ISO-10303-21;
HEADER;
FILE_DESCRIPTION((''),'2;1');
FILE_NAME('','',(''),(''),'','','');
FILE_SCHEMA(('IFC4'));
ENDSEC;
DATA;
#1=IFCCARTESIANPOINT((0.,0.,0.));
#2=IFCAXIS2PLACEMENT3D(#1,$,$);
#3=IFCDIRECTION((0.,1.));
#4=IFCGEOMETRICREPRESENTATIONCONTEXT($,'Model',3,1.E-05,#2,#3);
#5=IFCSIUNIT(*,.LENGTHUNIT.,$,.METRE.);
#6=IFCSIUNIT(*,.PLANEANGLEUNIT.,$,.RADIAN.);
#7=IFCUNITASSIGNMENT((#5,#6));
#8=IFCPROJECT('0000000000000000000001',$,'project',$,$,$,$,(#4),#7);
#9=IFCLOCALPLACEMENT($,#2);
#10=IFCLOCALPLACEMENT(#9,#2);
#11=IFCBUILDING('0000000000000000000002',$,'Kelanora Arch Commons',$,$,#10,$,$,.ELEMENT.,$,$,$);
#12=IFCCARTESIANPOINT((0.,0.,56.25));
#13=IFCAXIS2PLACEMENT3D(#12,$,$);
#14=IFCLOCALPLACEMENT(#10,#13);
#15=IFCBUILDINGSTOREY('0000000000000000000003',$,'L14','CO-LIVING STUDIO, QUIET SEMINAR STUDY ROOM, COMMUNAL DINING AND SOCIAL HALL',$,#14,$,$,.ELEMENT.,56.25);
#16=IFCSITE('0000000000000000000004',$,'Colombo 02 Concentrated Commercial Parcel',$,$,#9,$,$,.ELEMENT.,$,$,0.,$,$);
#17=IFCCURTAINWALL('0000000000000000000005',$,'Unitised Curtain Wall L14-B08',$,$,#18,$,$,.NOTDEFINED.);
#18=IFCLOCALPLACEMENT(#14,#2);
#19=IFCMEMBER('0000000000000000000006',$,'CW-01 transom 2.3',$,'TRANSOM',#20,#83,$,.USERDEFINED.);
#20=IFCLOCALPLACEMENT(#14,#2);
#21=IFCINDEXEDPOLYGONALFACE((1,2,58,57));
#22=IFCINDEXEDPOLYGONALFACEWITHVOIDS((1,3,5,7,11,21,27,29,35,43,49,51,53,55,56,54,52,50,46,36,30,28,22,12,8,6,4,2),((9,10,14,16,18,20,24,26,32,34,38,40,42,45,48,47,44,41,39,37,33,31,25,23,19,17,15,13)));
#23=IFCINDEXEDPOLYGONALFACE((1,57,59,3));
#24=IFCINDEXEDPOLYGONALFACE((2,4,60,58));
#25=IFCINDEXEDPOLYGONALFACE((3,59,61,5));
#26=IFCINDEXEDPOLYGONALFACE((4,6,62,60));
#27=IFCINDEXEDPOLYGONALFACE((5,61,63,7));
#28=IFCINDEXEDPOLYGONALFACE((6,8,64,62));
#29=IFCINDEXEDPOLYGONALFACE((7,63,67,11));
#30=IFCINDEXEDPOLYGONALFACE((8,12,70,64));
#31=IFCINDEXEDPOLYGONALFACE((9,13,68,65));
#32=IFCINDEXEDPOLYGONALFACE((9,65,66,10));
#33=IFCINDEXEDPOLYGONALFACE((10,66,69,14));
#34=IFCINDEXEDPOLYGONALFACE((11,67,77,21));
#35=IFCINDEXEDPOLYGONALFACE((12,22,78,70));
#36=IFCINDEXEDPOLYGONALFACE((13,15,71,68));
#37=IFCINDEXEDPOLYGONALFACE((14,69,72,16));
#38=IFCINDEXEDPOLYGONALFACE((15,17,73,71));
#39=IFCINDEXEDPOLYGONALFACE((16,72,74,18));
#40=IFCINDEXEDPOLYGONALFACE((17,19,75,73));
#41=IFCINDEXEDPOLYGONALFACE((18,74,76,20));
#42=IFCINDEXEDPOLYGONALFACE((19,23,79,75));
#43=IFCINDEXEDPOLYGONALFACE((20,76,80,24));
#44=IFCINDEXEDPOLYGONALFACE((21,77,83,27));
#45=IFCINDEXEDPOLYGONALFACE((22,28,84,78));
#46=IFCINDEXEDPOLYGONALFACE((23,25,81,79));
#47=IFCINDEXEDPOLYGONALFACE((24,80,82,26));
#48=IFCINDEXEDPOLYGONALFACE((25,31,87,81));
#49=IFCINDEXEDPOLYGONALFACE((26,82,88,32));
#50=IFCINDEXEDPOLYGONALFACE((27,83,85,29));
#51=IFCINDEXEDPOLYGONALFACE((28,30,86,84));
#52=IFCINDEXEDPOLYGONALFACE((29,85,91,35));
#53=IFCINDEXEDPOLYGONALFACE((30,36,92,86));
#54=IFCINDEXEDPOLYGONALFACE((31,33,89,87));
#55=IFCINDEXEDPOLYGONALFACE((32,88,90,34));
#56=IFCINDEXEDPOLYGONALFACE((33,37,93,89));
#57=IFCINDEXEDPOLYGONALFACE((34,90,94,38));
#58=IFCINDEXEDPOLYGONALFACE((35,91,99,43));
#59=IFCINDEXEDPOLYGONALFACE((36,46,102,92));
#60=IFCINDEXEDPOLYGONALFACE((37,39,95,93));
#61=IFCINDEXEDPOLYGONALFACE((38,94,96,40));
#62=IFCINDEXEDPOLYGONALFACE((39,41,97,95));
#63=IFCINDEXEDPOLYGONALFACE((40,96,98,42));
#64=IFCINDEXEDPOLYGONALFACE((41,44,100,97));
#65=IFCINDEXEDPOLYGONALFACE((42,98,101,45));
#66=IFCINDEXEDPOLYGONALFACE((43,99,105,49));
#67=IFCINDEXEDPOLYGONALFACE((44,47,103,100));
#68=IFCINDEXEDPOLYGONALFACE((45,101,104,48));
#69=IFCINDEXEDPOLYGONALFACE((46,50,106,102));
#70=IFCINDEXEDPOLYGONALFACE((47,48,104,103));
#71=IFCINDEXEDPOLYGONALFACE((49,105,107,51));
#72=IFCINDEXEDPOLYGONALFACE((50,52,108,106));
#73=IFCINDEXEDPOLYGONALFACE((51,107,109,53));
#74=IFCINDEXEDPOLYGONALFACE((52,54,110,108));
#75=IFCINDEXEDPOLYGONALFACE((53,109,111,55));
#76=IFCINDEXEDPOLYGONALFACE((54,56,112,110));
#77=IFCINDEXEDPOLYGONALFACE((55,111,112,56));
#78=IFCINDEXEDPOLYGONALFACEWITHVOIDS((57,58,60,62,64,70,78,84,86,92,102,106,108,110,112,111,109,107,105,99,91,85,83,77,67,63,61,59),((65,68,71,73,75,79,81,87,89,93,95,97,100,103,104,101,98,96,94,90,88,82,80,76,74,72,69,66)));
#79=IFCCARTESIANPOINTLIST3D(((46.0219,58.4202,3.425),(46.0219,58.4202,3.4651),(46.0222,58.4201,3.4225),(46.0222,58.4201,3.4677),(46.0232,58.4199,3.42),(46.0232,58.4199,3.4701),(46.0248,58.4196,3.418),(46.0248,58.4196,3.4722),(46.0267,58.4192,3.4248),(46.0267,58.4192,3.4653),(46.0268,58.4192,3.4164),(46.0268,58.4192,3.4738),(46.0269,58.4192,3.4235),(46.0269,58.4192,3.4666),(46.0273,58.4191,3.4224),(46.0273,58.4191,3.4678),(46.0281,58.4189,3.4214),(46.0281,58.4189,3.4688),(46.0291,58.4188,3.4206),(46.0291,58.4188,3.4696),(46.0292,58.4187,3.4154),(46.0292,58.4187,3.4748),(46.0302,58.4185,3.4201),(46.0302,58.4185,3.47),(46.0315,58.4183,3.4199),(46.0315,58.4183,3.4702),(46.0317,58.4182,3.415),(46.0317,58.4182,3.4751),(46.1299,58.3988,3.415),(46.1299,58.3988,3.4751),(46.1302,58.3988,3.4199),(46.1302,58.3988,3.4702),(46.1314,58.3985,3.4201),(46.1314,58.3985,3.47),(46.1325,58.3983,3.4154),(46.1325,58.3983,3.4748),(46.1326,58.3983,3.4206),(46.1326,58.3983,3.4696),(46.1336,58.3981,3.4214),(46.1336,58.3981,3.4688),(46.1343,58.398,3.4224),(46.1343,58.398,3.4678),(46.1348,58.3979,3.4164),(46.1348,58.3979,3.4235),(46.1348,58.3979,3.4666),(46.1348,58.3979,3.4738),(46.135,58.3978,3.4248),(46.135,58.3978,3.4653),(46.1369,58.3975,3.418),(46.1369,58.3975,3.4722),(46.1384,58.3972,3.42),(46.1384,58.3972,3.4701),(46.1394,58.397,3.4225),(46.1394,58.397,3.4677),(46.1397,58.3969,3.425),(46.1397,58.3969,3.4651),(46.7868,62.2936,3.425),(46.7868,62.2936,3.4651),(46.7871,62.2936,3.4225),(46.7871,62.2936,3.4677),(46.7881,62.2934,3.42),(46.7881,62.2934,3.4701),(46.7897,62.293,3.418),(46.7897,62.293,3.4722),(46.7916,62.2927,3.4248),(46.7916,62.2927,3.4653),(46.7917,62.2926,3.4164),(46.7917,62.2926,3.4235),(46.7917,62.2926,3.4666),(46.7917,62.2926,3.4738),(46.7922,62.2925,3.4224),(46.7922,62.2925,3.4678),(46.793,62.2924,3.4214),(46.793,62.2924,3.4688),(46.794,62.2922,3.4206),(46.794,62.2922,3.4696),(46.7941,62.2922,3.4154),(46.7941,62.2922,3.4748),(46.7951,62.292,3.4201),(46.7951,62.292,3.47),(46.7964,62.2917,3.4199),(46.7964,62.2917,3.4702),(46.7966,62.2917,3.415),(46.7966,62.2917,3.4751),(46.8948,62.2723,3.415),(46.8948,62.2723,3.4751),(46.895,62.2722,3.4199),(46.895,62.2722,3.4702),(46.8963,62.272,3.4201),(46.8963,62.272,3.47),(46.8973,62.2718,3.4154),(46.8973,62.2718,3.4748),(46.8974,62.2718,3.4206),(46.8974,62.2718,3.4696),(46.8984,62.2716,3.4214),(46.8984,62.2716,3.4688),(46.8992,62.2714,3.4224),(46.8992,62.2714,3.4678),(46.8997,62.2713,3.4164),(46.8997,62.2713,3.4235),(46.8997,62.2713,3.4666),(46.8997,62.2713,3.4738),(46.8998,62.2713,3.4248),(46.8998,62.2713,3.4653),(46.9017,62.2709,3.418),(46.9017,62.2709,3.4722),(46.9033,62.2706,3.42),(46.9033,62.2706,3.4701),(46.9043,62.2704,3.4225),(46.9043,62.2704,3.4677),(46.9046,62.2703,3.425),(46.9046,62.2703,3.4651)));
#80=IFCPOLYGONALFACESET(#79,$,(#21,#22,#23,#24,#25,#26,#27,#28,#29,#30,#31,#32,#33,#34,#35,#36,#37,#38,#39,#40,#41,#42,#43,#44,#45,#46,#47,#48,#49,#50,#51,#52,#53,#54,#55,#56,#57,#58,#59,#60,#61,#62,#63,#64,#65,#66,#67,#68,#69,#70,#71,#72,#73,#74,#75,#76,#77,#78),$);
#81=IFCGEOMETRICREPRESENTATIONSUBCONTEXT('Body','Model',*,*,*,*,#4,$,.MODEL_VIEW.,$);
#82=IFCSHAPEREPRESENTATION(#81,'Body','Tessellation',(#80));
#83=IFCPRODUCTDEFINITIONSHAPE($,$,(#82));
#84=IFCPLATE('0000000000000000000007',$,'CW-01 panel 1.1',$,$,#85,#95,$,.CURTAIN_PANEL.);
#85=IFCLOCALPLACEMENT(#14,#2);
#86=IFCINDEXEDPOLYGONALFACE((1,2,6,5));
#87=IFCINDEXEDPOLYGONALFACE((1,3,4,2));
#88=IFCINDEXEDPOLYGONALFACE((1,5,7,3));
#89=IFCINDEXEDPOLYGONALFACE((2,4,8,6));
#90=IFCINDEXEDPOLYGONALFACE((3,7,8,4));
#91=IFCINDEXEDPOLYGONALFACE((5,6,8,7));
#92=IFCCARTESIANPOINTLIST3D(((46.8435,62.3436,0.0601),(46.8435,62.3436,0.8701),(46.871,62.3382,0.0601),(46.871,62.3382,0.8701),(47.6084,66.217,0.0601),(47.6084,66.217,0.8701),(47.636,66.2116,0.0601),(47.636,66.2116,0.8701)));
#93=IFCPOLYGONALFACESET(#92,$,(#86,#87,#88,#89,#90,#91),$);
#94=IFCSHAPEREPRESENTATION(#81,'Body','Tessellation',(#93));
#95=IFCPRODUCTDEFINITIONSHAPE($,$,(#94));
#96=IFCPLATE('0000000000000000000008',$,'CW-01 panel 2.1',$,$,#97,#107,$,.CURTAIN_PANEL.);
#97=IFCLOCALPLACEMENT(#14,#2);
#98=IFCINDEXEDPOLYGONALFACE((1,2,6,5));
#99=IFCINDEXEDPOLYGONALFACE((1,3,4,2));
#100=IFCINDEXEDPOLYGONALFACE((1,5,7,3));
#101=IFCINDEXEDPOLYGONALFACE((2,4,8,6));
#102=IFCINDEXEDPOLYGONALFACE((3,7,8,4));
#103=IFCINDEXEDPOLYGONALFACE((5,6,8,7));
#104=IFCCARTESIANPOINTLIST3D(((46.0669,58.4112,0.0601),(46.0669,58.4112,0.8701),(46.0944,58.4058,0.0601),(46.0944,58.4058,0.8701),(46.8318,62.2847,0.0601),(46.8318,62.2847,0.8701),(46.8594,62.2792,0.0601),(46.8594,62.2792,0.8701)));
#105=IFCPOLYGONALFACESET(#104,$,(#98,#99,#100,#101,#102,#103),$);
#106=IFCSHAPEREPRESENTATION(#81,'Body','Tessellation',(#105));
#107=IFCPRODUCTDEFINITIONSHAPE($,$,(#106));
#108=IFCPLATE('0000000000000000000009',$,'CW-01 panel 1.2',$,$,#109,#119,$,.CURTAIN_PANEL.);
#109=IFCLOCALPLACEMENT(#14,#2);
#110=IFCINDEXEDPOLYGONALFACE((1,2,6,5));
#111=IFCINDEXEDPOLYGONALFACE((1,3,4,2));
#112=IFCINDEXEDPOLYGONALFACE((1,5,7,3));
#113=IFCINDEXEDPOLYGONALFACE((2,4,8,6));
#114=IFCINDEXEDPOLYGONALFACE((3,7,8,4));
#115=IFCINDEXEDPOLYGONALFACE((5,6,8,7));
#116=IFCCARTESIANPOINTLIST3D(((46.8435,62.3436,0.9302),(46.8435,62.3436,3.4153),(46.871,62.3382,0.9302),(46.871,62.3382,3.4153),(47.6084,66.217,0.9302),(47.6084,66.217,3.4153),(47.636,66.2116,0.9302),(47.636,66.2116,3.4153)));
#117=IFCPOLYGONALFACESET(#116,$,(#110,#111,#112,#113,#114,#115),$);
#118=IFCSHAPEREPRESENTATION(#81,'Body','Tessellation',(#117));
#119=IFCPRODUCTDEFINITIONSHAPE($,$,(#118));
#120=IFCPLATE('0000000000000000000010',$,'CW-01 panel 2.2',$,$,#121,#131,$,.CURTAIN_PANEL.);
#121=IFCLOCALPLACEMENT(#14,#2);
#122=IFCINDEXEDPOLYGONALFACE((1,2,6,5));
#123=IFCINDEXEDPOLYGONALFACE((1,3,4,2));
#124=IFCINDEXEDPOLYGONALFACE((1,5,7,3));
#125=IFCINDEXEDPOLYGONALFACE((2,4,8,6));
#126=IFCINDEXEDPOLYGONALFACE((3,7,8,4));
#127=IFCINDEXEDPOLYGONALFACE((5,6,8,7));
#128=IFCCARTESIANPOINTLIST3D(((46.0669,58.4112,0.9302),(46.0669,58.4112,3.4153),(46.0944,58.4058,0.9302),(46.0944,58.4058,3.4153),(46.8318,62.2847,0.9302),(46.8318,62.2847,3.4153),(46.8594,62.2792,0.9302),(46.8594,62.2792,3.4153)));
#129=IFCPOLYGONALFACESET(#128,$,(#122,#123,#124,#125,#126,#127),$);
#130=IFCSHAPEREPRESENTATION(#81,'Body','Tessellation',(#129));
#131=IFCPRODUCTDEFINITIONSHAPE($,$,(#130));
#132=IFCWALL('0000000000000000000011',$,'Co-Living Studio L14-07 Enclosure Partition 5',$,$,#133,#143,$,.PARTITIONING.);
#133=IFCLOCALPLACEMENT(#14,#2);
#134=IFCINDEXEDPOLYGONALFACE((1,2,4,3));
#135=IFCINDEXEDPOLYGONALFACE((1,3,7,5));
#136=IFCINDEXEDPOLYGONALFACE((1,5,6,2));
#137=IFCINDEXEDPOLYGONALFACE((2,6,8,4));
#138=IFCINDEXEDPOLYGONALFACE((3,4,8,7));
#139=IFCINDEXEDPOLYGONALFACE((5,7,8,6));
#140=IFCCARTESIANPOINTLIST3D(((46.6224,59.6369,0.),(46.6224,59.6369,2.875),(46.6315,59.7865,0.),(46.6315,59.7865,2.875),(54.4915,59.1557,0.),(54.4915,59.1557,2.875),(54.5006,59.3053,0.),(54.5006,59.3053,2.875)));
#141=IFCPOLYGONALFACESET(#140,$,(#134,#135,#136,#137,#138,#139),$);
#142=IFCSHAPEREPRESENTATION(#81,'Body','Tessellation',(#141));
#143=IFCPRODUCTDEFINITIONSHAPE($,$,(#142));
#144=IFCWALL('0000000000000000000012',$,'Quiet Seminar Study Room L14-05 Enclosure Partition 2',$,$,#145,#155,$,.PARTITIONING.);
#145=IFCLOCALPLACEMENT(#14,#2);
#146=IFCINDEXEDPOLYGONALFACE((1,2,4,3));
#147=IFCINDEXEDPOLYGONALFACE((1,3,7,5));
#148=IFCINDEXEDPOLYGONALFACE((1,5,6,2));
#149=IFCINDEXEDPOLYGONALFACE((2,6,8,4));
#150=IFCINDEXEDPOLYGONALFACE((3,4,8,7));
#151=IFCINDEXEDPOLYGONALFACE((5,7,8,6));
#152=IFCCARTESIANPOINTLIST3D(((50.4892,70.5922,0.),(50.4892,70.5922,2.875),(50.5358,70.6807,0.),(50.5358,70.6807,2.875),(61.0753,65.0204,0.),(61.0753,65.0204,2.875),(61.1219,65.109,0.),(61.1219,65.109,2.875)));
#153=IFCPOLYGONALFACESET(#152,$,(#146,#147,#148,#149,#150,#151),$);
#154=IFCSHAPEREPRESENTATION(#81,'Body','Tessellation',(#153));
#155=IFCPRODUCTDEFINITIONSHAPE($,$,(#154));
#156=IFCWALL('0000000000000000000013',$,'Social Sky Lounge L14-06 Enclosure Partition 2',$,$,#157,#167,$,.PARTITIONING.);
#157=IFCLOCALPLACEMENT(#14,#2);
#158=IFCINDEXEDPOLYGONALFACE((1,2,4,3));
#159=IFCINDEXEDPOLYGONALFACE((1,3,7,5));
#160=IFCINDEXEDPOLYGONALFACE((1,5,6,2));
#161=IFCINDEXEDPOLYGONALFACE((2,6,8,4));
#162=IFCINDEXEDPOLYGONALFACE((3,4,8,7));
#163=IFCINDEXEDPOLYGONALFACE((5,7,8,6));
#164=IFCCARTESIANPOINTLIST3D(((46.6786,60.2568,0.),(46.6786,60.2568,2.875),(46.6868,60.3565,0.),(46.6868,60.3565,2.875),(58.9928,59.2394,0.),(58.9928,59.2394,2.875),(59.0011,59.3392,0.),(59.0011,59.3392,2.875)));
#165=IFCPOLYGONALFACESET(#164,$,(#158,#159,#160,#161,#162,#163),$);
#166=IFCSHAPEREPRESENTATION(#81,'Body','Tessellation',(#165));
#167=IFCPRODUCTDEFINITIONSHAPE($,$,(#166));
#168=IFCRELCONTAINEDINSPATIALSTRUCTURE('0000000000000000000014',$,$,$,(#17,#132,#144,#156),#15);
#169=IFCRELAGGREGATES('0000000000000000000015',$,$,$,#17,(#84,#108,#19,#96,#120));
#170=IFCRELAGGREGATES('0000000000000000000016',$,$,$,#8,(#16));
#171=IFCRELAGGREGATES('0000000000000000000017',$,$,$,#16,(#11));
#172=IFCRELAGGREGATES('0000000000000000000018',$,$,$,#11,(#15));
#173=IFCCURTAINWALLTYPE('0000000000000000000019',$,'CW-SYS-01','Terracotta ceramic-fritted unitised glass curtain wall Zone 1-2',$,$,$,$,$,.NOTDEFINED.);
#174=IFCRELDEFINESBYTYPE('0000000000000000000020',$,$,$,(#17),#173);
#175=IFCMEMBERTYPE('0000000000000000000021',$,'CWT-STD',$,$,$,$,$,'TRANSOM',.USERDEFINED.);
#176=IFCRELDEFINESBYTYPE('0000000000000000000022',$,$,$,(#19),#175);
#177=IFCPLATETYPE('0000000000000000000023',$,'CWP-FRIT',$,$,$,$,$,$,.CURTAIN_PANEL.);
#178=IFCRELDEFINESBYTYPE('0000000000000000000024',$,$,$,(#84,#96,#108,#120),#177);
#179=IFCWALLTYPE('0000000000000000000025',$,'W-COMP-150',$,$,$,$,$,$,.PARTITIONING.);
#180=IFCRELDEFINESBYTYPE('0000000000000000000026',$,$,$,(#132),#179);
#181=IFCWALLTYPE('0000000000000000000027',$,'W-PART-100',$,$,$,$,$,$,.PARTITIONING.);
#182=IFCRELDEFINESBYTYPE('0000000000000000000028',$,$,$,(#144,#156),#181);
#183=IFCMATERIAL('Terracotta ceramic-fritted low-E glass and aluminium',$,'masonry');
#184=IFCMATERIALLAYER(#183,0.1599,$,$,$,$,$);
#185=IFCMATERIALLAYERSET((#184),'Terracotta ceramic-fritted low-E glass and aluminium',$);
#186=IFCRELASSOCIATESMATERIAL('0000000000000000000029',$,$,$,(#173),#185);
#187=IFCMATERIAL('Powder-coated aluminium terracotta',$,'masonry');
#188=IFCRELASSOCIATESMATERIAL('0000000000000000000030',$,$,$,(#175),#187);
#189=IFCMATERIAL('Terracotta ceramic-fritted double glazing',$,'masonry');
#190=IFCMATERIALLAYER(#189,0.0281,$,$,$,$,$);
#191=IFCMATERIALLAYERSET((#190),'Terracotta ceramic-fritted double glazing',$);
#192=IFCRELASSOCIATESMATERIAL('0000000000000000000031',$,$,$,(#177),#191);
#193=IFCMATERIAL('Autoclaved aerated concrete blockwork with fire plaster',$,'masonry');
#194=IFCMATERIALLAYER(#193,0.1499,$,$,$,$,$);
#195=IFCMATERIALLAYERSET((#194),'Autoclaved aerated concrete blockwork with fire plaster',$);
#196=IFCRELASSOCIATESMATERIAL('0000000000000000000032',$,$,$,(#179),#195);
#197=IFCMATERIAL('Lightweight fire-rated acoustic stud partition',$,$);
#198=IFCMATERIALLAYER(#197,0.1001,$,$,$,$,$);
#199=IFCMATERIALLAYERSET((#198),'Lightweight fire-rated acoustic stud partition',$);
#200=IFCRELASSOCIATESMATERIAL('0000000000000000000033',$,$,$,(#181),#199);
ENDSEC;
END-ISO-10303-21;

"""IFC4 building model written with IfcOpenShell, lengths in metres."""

from ifc_helpers import new_model, si_unit, direction, frame, frame_2d, origin, origin_2d, place, context, subcontext, project, spatial, rectangle, hollow_rectangle, extrude, source, transform, mapped, material, layer, layer_set, material_profile, profile_set, type_object, element, aggregate, save


model = new_model("IFC4")

# Units and contexts
model_context = context("Model", 3, precision=1e-05, world=origin(), true_north=direction((0.0, 1.0)))
body_context = subcontext(model_context, "Body", "Model", "MODEL_VIEW")
ifc_project = project(units=[si_unit("LENGTHUNIT", "METRE"), si_unit("PLANEANGLEUNIT", "RADIAN")], contexts=[model_context])

# Site, building, storey
site_placement = place(None, origin())
site = spatial("IfcSite", under=ifc_project, at=site_placement, Name="Colombo 02 Concentrated Commercial Parcel", CompositionType="ELEMENT", RefElevation=0.0)
building_placement = place(site_placement, origin())
building = spatial("IfcBuilding", under=site, at=building_placement, Name="Kelanora Arch Commons", CompositionType="ELEMENT")
storey_placement = place(building_placement, frame((0.0, 0.0, 56.25)))
storey = spatial("IfcBuildingStorey", under=building, at=storey_placement, Name="L14", Description="CO-LIVING STUDIO, QUIET SEMINAR STUDY ROOM, COMMUNAL DINING AND SOCIAL HALL", CompositionType="ELEMENT", Elevation=56.25)

# Curtain wall, member, plates
ifc_material_1 = material(Name="Terracotta ceramic-fritted low-E glass and aluminium", Category="masonry")
ifc_layer_1 = layer(ifc_material_1, 0.1599)
ifc_layer_set_1 = layer_set([ifc_layer_1], Name="Terracotta ceramic-fritted low-E glass and aluminium")
curtain_wall_type = type_object("IfcCurtainWallType", Name="CW-SYS-01", Description="Terracotta ceramic-fritted unitised glass curtain wall Zone 1-2", PredefinedType="NOTDEFINED", material=ifc_layer_set_1)
curtain_wall_placement = place(storey_placement, origin())
curtain_wall = element("IfcCurtainWall", 1, at=curtain_wall_placement, inside=storey, type_object=curtain_wall_type, Name="Unitised Curtain Wall L14-B08", PredefinedType="NOTDEFINED")
ifc_material_2 = material(Name="Powder-coated aluminium terracotta", Category="masonry")
ifc_material_profile_1 = material_profile(ifc_material_2, hollow_rectangle(XDim=0.1201, YDim=0.0601, WallThickness=0.0049, InnerFilletRadius=0.0049, OuterFilletRadius=0.01, at=origin_2d()), Name="CWT120x60")
ifc_profile_set_1 = profile_set([ifc_material_profile_1], Name="Powder-coated aluminium terracotta")
member_type_1 = type_object("IfcMemberType", Name="CWT-STD", ElementType="TRANSOM", PredefinedType="USERDEFINED", material=ifc_profile_set_1)
member_1_placement = place(storey_placement, frame((46.8457, 62.282, 3.4451), z_axis=(-0.193725, -0.981056, 0.0), x_axis=(0.981056, -0.193725, 0.0)))
member_1 = element("IfcMember", 2, at=member_1_placement, type_object=member_type_1, Name="CW-01 transom 2.3", ObjectType="TRANSOM", PredefinedType="USERDEFINED", context=body_context, shape_type="SweptSolid", body=[
    extrude(hollow_rectangle(XDim=0.1201, YDim=0.0601, WallThickness=0.0049, InnerFilletRadius=0.0049, OuterFilletRadius=0.01, at=origin_2d()), origin(), (0.0, 0.0, 1.0), 3.9482),
])
ifc_material_3 = material(Name="Terracotta ceramic-fritted double glazing", Category="masonry")
ifc_layer_2 = layer(ifc_material_3, 0.0281)
ifc_layer_set_2 = layer_set([ifc_layer_2], Name="Terracotta ceramic-fritted double glazing")
plate_type = type_object("IfcPlateType", Name="CWP-FRIT", PredefinedType="CURTAIN_PANEL", material=ifc_layer_set_2)
shared_shape_1 = source(origin(), body_context, "Body", "SweptSolid", [
    extrude(rectangle(XDim=3.9482, YDim=0.0281, at=origin_2d()), origin(), (0.0, 0.0, 1.0), 0.8101),
])
plate_1_placement = place(storey_placement, frame((47.2397, 64.2776, 0.0601), z_axis=(0.0, 0.0, 1.0), x_axis=(-0.193744, -0.981052, 0.0)))
plate_1 = element("IfcPlate", 3, at=plate_1_placement, type_object=plate_type, Name="CW-01 panel 1.1", PredefinedType="CURTAIN_PANEL", context=body_context, shape_type="MappedRepresentation", body=[
    mapped(shared_shape_1, transform((0.0, 0.0, 0.0), scale=1.0)),
])
plate_2_placement = place(storey_placement, frame((46.4631, 60.3452, 0.0601), z_axis=(0.0, 0.0, 1.0), x_axis=(-0.193744, -0.981052, 0.0)))
plate_2 = element("IfcPlate", 4, at=plate_2_placement, type_object=plate_type, Name="CW-01 panel 2.1", PredefinedType="CURTAIN_PANEL", context=body_context, shape_type="MappedRepresentation", body=[
    mapped(shared_shape_1, transform((0.0, 0.0, 0.0), scale=1.0)),
])
shared_shape_2 = source(origin(), body_context, "Body", "SweptSolid", [
    extrude(rectangle(XDim=3.9482, YDim=0.0281, at=origin_2d()), origin(), (0.0, 0.0, 1.0), 2.4851),
])
plate_3_placement = place(storey_placement, frame((47.2397, 64.2776, 0.9302), z_axis=(0.0, 0.0, 1.0), x_axis=(-0.193744, -0.981052, 0.0)))
plate_3 = element("IfcPlate", 5, at=plate_3_placement, type_object=plate_type, Name="CW-01 panel 1.2", PredefinedType="CURTAIN_PANEL", context=body_context, shape_type="MappedRepresentation", body=[
    mapped(shared_shape_2, transform((0.0, 0.0, 0.0), scale=1.0)),
])
plate_4_placement = place(storey_placement, frame((46.4631, 60.3452, 0.9302), z_axis=(0.0, 0.0, 1.0), x_axis=(-0.193744, -0.981052, 0.0)))
plate_4 = element("IfcPlate", 6, at=plate_4_placement, type_object=plate_type, Name="CW-01 panel 2.2", PredefinedType="CURTAIN_PANEL", context=body_context, shape_type="MappedRepresentation", body=[
    mapped(shared_shape_2, transform((0.0, 0.0, 0.0), scale=1.0)),
])
aggregate(curtain_wall, [plate_1, plate_3, member_1, plate_2, plate_4])

# Walls
ifc_material_4 = material(Name="Autoclaved aerated concrete blockwork with fire plaster", Category="masonry")
ifc_layer_3 = layer(ifc_material_4, 0.1499)
ifc_layer_set_3 = layer_set([ifc_layer_3], Name="Autoclaved aerated concrete blockwork with fire plaster")
wall_type_1 = type_object("IfcWallType", Name="W-COMP-150", PredefinedType="PARTITIONING", material=ifc_layer_set_3)
wall_1_placement = place(storey_placement, frame((46.627, 59.7117, 0.0), z_axis=(0.0, 0.0, 1.0), x_axis=(0.998136, -0.061036, 0.0)))
element("IfcWall", 7, at=wall_1_placement, inside=storey, type_object=wall_type_1, Name="Co-Living Studio L14-07 Enclosure Partition 5", PredefinedType="PARTITIONING", context=body_context, shape_type="SweptSolid", body=[
    extrude(rectangle(XDim=7.8838, YDim=0.1499, at=frame_2d((3.9419, 0.0))), origin(), (0.0, 0.0, 1.0), 2.875),
])
ifc_material_5 = material(Name="Lightweight fire-rated acoustic stud partition")
ifc_layer_4 = layer(ifc_material_5, 0.1001)
ifc_layer_set_4 = layer_set([ifc_layer_4], Name="Lightweight fire-rated acoustic stud partition")
wall_type_2 = type_object("IfcWallType", Name="W-PART-100", PredefinedType="PARTITIONING", material=ifc_layer_set_4)
wall_2_placement = place(storey_placement, frame((61.0986, 65.0647, 0.0), z_axis=(0.0, 0.0, 1.0), x_axis=(-0.884915, 0.465753, 0.0)))
element("IfcWall", 8, at=wall_2_placement, inside=storey, type_object=wall_type_2, Name="Quiet Seminar Study Room L14-05 Enclosure Partition 2", PredefinedType="PARTITIONING", context=body_context, shape_type="SweptSolid", body=[
    extrude(rectangle(XDim=11.9629, YDim=0.1001, at=frame_2d((5.9814, 0.0))), origin(), (0.0, 0.0, 1.0), 2.875),
])
wall_3_placement = place(storey_placement, frame((58.9971, 59.2893, 0.0), z_axis=(0.0, 0.0, 1.0), x_axis=(-0.996605, 0.082334, 0.0)))
element("IfcWall", 9, at=wall_3_placement, inside=storey, type_object=wall_type_2, Name="Social Sky Lounge L14-06 Enclosure Partition 2", PredefinedType="PARTITIONING", context=body_context, shape_type="SweptSolid", body=[
    extrude(rectangle(XDim=12.3562, YDim=0.1001, at=frame_2d((6.1782, 0.0))), origin(), (0.0, 0.0, 1.0), 2.875),
])

save(model, "model.ifc")
